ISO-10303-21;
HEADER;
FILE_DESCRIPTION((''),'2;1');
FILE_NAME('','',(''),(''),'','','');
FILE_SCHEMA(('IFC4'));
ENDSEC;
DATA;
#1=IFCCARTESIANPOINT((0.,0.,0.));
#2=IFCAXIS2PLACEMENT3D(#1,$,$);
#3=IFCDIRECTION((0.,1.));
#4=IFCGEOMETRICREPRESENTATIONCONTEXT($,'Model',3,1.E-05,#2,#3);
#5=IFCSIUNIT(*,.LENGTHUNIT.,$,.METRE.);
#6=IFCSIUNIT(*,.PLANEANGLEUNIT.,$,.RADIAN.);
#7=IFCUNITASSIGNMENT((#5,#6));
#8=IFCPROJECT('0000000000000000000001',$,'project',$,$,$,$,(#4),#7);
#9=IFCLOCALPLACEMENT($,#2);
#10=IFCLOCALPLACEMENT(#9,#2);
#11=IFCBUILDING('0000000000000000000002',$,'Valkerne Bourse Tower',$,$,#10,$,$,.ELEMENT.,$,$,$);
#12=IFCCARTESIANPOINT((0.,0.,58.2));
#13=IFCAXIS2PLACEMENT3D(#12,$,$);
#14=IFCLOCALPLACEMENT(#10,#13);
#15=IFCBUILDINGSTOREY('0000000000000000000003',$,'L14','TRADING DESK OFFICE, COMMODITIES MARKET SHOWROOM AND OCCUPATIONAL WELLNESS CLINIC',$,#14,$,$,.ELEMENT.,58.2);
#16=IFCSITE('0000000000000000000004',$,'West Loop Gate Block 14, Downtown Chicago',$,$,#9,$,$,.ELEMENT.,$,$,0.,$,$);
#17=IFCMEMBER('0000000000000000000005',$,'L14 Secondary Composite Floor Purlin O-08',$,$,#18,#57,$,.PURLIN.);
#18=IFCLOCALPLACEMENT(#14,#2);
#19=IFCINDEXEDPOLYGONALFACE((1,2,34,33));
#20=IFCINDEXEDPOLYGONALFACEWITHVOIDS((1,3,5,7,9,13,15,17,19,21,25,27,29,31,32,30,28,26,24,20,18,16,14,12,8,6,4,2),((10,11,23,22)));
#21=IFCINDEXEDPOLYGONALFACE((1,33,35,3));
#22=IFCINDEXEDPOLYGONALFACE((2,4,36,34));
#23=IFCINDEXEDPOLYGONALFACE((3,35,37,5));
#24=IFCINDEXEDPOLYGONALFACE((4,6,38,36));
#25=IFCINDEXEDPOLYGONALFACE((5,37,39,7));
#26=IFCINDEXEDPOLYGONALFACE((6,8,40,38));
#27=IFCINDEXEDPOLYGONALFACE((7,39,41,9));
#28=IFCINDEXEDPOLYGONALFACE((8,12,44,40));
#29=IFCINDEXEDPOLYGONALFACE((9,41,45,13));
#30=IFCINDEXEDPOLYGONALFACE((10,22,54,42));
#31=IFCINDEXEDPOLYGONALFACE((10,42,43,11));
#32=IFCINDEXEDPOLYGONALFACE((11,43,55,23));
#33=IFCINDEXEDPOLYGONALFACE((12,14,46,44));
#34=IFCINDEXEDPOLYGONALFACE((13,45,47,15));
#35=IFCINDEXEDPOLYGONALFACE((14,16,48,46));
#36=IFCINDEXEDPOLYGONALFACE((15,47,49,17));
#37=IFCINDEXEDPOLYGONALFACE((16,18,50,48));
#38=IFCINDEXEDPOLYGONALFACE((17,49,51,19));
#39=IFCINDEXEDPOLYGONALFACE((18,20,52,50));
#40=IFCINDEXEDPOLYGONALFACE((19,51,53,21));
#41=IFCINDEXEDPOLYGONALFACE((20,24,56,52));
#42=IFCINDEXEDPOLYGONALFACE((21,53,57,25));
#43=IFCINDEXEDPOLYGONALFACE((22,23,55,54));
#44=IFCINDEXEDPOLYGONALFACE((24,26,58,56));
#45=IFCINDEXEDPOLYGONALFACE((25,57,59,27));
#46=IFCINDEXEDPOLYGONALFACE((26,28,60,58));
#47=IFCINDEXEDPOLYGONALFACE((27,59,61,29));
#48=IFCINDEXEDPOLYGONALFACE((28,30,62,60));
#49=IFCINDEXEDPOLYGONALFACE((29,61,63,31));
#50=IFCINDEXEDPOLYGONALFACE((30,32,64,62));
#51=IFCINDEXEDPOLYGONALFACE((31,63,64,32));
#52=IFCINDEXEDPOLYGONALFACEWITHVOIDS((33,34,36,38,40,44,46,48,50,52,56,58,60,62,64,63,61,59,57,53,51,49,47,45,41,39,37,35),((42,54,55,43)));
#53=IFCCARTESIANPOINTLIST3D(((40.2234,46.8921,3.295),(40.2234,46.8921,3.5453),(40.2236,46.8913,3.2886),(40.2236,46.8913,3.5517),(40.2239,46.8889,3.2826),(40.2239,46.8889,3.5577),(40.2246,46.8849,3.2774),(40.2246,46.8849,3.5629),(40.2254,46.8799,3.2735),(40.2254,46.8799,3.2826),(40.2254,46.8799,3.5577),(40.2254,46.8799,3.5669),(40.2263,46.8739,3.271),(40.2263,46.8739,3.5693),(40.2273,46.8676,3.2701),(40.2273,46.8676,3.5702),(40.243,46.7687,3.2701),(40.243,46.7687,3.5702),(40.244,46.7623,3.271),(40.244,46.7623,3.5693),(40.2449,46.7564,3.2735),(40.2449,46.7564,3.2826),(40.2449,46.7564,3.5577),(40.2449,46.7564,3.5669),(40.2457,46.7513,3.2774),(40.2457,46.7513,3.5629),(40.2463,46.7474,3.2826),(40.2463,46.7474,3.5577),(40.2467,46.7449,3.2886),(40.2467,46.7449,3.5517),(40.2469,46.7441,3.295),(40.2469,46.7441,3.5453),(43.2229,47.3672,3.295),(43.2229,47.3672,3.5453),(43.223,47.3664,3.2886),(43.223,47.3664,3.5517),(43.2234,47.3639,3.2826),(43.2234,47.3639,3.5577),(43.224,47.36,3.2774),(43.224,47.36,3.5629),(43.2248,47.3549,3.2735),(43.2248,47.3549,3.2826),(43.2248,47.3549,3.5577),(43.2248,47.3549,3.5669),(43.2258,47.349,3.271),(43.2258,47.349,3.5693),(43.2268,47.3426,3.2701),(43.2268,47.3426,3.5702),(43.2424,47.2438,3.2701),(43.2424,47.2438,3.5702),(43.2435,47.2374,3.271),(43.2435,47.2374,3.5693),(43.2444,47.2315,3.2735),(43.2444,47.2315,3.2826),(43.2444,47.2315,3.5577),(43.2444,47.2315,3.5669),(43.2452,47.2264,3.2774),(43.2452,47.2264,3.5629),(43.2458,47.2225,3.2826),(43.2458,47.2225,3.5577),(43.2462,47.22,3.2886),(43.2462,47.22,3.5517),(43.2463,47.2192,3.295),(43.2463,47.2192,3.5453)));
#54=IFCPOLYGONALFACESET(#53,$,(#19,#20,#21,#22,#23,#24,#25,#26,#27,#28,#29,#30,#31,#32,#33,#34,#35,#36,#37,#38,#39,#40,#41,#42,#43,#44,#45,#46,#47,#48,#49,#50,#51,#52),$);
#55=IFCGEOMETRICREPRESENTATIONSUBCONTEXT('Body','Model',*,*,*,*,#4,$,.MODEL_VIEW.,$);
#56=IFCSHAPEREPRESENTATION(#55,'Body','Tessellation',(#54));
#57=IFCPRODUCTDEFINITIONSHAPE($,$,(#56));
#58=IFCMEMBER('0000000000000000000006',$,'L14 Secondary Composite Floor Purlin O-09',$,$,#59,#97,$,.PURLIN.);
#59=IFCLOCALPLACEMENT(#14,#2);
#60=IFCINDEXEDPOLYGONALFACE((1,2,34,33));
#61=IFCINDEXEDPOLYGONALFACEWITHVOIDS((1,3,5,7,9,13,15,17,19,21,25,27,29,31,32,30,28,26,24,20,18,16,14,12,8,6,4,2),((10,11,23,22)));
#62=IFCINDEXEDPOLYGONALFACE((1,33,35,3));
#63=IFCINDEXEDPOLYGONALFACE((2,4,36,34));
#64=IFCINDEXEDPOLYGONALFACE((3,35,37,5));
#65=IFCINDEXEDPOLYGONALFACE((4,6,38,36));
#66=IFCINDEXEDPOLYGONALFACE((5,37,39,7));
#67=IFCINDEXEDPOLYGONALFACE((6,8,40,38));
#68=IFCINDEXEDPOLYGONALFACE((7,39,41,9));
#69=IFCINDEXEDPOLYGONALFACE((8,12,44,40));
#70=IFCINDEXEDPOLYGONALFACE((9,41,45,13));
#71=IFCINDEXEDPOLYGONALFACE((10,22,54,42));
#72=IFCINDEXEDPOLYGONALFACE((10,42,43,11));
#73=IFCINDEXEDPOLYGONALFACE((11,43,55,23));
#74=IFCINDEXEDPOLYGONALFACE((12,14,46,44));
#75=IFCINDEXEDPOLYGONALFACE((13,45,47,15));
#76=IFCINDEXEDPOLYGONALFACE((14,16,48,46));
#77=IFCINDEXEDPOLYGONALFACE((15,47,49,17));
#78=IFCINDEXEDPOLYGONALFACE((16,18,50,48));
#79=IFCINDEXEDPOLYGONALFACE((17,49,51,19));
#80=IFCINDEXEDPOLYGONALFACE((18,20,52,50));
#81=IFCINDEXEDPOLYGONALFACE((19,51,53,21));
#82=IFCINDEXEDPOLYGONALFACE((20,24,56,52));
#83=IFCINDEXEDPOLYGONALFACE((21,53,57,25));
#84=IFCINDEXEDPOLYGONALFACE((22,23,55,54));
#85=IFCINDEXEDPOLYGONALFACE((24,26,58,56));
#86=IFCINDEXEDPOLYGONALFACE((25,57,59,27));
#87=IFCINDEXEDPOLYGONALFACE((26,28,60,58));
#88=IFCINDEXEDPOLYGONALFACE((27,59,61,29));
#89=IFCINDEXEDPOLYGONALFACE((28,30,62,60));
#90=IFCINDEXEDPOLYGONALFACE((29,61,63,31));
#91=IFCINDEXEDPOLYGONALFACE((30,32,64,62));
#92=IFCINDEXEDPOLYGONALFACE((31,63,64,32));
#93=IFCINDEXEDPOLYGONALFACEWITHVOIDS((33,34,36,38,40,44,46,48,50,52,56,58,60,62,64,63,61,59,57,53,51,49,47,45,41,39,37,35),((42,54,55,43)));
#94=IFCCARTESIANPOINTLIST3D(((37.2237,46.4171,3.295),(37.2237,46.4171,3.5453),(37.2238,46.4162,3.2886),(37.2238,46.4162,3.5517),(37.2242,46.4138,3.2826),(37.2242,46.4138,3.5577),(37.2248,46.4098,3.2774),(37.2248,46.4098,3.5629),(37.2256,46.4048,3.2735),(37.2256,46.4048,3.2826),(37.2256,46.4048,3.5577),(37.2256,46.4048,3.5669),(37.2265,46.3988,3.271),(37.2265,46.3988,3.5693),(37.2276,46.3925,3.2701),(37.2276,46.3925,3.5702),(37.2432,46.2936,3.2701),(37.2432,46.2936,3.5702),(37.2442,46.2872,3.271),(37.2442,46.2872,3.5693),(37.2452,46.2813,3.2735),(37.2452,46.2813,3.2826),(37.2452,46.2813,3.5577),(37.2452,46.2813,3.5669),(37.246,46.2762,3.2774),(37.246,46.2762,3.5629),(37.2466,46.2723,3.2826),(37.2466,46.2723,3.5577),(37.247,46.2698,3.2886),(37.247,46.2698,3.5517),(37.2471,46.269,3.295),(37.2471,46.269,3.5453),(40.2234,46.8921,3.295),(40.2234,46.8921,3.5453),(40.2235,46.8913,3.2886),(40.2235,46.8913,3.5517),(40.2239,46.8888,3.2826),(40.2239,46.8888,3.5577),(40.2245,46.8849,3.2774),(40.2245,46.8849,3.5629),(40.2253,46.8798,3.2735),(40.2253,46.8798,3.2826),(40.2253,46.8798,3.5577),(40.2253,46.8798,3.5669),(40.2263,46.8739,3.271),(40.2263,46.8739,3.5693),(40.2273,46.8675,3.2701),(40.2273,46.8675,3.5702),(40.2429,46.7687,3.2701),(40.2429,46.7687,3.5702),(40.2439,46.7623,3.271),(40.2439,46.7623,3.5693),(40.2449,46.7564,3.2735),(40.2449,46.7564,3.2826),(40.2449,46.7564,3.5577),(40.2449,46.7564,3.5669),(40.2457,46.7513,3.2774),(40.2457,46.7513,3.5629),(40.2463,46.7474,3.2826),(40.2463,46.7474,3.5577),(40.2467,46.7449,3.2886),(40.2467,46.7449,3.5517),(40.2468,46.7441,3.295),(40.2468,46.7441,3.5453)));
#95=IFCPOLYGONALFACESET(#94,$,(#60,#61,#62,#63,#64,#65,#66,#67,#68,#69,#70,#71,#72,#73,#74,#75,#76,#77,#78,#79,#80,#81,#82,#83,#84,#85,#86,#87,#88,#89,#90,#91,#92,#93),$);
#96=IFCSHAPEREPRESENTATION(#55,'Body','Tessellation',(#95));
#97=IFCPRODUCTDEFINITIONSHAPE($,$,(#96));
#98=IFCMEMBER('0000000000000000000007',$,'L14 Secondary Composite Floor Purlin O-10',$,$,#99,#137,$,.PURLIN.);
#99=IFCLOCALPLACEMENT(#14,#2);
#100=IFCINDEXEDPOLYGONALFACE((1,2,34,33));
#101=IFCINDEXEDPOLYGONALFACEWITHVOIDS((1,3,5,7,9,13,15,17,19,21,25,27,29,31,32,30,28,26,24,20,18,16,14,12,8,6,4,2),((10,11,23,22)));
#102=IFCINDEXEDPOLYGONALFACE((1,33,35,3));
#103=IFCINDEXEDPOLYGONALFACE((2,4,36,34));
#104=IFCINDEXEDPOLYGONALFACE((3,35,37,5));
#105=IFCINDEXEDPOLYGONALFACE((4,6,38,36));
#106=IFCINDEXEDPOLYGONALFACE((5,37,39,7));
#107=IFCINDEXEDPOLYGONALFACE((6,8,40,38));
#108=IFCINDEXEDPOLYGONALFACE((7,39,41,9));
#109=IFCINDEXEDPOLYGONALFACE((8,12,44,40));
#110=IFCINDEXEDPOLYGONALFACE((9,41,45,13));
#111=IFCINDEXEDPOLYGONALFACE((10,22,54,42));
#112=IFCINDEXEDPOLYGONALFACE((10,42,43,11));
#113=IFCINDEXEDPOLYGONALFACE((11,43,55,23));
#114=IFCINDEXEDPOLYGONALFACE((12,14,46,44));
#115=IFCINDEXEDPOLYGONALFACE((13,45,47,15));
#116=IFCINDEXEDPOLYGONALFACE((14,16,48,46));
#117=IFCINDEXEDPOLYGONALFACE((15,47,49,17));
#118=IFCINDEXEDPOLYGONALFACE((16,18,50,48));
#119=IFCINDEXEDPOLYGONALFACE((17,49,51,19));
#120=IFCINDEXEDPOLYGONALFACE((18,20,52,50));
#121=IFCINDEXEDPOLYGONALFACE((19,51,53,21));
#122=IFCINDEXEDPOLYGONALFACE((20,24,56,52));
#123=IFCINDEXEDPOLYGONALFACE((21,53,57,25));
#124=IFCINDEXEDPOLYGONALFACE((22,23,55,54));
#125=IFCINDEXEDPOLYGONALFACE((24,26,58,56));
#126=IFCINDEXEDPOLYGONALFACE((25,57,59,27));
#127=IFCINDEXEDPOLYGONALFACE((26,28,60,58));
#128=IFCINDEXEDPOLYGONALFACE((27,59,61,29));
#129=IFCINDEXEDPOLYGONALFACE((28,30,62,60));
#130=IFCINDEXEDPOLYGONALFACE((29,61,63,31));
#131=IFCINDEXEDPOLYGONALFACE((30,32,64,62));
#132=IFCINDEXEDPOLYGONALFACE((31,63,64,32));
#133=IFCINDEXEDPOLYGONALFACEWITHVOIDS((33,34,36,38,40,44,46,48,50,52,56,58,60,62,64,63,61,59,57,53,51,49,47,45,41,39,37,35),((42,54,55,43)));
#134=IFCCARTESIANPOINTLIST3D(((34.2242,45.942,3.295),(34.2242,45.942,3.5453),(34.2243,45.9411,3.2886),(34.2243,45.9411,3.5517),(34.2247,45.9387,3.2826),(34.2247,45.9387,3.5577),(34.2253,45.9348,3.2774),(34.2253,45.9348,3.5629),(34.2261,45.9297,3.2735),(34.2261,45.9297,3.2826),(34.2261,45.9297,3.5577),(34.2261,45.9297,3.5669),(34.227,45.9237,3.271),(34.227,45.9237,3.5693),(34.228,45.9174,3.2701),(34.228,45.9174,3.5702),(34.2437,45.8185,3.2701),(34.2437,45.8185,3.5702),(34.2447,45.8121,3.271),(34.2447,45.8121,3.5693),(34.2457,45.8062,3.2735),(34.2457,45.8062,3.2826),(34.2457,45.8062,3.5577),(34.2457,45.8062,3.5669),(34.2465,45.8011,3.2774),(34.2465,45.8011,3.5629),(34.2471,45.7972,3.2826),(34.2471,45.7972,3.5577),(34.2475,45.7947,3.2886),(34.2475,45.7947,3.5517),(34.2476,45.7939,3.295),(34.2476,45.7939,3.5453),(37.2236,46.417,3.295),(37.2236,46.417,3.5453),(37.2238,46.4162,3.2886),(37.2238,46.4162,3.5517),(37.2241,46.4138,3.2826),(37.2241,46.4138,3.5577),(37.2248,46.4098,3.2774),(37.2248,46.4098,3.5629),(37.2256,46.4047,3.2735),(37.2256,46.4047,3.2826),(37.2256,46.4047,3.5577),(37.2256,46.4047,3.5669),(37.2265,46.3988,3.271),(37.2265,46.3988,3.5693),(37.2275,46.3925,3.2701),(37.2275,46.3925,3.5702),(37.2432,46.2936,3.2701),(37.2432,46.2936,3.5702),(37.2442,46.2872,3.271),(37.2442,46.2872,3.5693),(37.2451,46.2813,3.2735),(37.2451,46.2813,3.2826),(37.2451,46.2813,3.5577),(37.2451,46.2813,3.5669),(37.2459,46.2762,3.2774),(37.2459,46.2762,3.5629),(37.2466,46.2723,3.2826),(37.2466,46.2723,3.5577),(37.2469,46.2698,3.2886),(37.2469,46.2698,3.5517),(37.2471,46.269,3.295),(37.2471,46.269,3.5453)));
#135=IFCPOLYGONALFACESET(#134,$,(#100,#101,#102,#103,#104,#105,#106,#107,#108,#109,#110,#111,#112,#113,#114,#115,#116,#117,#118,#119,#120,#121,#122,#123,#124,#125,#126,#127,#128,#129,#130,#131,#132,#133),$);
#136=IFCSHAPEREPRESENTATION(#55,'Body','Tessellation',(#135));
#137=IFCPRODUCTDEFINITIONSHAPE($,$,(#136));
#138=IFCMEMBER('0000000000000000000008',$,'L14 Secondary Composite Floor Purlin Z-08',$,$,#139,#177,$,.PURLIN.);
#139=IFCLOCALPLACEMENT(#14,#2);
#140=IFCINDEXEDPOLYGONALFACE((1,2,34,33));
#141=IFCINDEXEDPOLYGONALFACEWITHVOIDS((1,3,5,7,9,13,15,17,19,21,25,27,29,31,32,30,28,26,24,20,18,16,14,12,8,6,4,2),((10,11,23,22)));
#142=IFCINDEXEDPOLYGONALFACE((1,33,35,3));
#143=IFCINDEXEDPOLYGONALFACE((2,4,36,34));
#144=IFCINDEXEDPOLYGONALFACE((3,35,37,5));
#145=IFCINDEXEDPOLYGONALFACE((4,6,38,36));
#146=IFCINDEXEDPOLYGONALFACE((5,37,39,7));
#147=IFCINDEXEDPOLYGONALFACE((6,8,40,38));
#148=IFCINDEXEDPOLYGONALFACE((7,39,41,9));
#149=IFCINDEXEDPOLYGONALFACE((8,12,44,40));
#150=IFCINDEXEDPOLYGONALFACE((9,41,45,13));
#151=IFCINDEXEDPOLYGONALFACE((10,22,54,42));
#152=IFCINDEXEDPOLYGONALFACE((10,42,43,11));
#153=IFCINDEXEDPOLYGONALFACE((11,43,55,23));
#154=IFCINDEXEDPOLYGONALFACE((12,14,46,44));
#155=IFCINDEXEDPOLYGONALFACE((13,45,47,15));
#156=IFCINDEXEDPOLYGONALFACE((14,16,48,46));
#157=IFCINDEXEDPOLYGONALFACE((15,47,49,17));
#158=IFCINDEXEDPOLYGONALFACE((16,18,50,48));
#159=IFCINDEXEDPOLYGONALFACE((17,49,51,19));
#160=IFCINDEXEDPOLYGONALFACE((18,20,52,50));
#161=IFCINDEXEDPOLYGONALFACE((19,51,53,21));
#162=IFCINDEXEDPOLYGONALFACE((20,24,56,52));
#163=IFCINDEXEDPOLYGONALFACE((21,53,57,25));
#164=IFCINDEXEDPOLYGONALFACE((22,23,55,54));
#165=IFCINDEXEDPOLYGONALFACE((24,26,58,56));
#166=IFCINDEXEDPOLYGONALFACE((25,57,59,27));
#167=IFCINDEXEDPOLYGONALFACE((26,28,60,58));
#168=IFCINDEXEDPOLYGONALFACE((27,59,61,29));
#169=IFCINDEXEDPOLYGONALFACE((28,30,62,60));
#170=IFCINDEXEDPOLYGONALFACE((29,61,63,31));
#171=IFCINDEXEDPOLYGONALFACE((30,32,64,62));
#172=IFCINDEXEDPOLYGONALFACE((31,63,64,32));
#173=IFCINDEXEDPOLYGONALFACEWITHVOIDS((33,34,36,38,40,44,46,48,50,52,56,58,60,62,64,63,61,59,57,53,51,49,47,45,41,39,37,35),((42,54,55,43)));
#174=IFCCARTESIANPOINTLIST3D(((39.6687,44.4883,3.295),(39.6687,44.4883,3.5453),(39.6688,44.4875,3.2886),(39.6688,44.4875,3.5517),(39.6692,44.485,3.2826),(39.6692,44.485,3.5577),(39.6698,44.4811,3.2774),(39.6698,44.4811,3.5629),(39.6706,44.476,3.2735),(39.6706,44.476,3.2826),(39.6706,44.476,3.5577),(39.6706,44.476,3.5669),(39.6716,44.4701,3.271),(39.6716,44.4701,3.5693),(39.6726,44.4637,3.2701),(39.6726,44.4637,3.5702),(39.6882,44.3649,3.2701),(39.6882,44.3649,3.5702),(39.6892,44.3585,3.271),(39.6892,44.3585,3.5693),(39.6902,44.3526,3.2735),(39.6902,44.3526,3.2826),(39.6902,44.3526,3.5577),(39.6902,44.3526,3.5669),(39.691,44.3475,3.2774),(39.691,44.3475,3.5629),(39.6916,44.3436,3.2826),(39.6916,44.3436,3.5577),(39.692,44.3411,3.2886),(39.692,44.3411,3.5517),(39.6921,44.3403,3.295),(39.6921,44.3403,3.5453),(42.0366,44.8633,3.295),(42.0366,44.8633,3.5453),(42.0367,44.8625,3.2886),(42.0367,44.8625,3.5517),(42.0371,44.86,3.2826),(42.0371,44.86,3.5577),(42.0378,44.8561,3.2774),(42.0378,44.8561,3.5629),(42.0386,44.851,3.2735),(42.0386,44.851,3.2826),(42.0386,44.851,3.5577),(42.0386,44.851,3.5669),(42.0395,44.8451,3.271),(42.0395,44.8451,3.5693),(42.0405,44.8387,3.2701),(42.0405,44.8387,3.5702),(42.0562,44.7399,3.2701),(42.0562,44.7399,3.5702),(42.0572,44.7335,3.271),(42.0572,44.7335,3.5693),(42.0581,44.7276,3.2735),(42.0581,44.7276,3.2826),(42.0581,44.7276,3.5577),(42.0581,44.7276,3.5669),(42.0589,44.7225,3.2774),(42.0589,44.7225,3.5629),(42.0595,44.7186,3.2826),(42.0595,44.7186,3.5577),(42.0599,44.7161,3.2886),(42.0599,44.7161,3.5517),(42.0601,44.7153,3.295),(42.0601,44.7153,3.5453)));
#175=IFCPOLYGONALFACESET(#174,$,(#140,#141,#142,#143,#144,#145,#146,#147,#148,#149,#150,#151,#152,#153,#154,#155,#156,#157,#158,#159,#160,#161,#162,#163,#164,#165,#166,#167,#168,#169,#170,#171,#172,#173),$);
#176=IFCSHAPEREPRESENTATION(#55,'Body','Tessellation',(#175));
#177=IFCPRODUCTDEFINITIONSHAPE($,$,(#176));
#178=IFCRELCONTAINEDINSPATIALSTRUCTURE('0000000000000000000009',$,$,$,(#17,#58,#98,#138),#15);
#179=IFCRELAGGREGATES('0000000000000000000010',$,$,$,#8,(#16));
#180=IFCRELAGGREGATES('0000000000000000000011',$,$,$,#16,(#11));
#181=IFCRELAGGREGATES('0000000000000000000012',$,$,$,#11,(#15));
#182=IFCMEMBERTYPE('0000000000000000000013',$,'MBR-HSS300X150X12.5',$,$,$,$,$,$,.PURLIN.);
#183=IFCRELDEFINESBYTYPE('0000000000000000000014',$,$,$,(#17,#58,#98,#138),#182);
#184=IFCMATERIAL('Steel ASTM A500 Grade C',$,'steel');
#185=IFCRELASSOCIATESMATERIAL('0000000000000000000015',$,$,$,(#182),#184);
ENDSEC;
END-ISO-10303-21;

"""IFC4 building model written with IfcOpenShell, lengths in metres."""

from ifc_helpers import new_model, si_unit, direction, frame, origin, origin_2d, place, context, subcontext, project, spatial, hollow_rectangle, extrude, material, material_profile, profile_set, type_object, element, save


model = new_model("IFC4")

# Units and contexts
model_context = context("Model", 3, precision=1e-05, world=origin(), true_north=direction((0.0, 1.0)))
body_context = subcontext(model_context, "Body", "Model", "MODEL_VIEW")
ifc_project = project(units=[si_unit("LENGTHUNIT", "METRE"), si_unit("PLANEANGLEUNIT", "RADIAN")], contexts=[model_context])

# Site, building, storey
site_placement = place(None, origin())
site = spatial("IfcSite", under=ifc_project, at=site_placement, Name="West Loop Gate Block 14, Downtown Chicago", CompositionType="ELEMENT", RefElevation=0.0)
building_placement = place(site_placement, origin())
building = spatial("IfcBuilding", under=site, at=building_placement, Name="Valkerne Bourse Tower", CompositionType="ELEMENT")
storey_placement = place(building_placement, frame((0.0, 0.0, 58.2)))
storey = spatial("IfcBuildingStorey", under=building, at=storey_placement, Name="L14", Description="TRADING DESK OFFICE, COMMODITIES MARKET SHOWROOM AND OCCUPATIONAL WELLNESS CLINIC", CompositionType="ELEMENT", Elevation=58.2)

# Members
ifc_material_1 = material(Name="Steel ASTM A500 Grade C", Category="steel")
ifc_material_profile_1 = material_profile(ifc_material_1, hollow_rectangle(XDim=0.1499, YDim=0.3, WallThickness=0.0125, OuterFilletRadius=0.0249, at=origin_2d()), Name="HSS300X150X12.5")
ifc_profile_set_1 = profile_set([ifc_material_profile_1], Name="Steel ASTM A500 Grade C")
member_type_1 = type_object("IfcMemberType", Name="MBR-HSS300X150X12.5", PredefinedType="PURLIN", material=ifc_profile_set_1)
member_1_placement = place(storey_placement, frame((43.2346, 47.2932, 3.4202), z_axis=(-0.987687, -0.156441, 0.0), x_axis=(0.156441, -0.987687, 0.0)))
element("IfcMember", 1, at=member_1_placement, inside=storey, type_object=member_type_1, Name="L14 Secondary Composite Floor Purlin O-08", PredefinedType="PURLIN", context=body_context, shape_type="SweptSolid", body=[
    extrude(hollow_rectangle(XDim=0.1499, YDim=0.3, WallThickness=0.0125, OuterFilletRadius=0.0249, at=origin_2d()), origin(), (0.0, 0.0, 1.0), 3.0369),
])
member_2_placement = place(storey_placement, frame((40.2351, 46.8181, 3.4202), z_axis=(-0.987689, -0.156429, 0.0), x_axis=(0.156429, -0.987689, 0.0)))
element("IfcMember", 2, at=member_2_placement, inside=storey, type_object=member_type_1, Name="L14 Secondary Composite Floor Purlin O-09", PredefinedType="PURLIN", context=body_context, shape_type="SweptSolid", body=[
    extrude(hollow_rectangle(XDim=0.1499, YDim=0.3, WallThickness=0.0125, OuterFilletRadius=0.0249, at=origin_2d()), origin(), (0.0, 0.0, 1.0), 3.0371),
])
member_3_placement = place(storey_placement, frame((37.2354, 46.343, 3.4202), z_axis=(-0.987687, -0.156441, 0.0), x_axis=(0.156441, -0.987687, 0.0)))
element("IfcMember", 3, at=member_3_placement, inside=storey, type_object=member_type_1, Name="L14 Secondary Composite Floor Purlin O-10", PredefinedType="PURLIN", context=body_context, shape_type="SweptSolid", body=[
    extrude(hollow_rectangle(XDim=0.1499, YDim=0.3, WallThickness=0.0125, OuterFilletRadius=0.0249, at=origin_2d()), origin(), (0.0, 0.0, 1.0), 3.0369),
])
member_4_placement = place(storey_placement, frame((42.0483, 44.7893, 3.4202), z_axis=(-0.987691, -0.156418, 0.0), x_axis=(0.156418, -0.987691, 0.0)))
element("IfcMember", 4, at=member_4_placement, inside=storey, type_object=member_type_1, Name="L14 Secondary Composite Floor Purlin Z-08", PredefinedType="PURLIN", context=body_context, shape_type="SweptSolid", body=[
    extrude(hollow_rectangle(XDim=0.1499, YDim=0.3, WallThickness=0.0125, OuterFilletRadius=0.0249, at=origin_2d()), origin(), (0.0, 0.0, 1.0), 2.3975),
])

save(model, "model.ifc")
